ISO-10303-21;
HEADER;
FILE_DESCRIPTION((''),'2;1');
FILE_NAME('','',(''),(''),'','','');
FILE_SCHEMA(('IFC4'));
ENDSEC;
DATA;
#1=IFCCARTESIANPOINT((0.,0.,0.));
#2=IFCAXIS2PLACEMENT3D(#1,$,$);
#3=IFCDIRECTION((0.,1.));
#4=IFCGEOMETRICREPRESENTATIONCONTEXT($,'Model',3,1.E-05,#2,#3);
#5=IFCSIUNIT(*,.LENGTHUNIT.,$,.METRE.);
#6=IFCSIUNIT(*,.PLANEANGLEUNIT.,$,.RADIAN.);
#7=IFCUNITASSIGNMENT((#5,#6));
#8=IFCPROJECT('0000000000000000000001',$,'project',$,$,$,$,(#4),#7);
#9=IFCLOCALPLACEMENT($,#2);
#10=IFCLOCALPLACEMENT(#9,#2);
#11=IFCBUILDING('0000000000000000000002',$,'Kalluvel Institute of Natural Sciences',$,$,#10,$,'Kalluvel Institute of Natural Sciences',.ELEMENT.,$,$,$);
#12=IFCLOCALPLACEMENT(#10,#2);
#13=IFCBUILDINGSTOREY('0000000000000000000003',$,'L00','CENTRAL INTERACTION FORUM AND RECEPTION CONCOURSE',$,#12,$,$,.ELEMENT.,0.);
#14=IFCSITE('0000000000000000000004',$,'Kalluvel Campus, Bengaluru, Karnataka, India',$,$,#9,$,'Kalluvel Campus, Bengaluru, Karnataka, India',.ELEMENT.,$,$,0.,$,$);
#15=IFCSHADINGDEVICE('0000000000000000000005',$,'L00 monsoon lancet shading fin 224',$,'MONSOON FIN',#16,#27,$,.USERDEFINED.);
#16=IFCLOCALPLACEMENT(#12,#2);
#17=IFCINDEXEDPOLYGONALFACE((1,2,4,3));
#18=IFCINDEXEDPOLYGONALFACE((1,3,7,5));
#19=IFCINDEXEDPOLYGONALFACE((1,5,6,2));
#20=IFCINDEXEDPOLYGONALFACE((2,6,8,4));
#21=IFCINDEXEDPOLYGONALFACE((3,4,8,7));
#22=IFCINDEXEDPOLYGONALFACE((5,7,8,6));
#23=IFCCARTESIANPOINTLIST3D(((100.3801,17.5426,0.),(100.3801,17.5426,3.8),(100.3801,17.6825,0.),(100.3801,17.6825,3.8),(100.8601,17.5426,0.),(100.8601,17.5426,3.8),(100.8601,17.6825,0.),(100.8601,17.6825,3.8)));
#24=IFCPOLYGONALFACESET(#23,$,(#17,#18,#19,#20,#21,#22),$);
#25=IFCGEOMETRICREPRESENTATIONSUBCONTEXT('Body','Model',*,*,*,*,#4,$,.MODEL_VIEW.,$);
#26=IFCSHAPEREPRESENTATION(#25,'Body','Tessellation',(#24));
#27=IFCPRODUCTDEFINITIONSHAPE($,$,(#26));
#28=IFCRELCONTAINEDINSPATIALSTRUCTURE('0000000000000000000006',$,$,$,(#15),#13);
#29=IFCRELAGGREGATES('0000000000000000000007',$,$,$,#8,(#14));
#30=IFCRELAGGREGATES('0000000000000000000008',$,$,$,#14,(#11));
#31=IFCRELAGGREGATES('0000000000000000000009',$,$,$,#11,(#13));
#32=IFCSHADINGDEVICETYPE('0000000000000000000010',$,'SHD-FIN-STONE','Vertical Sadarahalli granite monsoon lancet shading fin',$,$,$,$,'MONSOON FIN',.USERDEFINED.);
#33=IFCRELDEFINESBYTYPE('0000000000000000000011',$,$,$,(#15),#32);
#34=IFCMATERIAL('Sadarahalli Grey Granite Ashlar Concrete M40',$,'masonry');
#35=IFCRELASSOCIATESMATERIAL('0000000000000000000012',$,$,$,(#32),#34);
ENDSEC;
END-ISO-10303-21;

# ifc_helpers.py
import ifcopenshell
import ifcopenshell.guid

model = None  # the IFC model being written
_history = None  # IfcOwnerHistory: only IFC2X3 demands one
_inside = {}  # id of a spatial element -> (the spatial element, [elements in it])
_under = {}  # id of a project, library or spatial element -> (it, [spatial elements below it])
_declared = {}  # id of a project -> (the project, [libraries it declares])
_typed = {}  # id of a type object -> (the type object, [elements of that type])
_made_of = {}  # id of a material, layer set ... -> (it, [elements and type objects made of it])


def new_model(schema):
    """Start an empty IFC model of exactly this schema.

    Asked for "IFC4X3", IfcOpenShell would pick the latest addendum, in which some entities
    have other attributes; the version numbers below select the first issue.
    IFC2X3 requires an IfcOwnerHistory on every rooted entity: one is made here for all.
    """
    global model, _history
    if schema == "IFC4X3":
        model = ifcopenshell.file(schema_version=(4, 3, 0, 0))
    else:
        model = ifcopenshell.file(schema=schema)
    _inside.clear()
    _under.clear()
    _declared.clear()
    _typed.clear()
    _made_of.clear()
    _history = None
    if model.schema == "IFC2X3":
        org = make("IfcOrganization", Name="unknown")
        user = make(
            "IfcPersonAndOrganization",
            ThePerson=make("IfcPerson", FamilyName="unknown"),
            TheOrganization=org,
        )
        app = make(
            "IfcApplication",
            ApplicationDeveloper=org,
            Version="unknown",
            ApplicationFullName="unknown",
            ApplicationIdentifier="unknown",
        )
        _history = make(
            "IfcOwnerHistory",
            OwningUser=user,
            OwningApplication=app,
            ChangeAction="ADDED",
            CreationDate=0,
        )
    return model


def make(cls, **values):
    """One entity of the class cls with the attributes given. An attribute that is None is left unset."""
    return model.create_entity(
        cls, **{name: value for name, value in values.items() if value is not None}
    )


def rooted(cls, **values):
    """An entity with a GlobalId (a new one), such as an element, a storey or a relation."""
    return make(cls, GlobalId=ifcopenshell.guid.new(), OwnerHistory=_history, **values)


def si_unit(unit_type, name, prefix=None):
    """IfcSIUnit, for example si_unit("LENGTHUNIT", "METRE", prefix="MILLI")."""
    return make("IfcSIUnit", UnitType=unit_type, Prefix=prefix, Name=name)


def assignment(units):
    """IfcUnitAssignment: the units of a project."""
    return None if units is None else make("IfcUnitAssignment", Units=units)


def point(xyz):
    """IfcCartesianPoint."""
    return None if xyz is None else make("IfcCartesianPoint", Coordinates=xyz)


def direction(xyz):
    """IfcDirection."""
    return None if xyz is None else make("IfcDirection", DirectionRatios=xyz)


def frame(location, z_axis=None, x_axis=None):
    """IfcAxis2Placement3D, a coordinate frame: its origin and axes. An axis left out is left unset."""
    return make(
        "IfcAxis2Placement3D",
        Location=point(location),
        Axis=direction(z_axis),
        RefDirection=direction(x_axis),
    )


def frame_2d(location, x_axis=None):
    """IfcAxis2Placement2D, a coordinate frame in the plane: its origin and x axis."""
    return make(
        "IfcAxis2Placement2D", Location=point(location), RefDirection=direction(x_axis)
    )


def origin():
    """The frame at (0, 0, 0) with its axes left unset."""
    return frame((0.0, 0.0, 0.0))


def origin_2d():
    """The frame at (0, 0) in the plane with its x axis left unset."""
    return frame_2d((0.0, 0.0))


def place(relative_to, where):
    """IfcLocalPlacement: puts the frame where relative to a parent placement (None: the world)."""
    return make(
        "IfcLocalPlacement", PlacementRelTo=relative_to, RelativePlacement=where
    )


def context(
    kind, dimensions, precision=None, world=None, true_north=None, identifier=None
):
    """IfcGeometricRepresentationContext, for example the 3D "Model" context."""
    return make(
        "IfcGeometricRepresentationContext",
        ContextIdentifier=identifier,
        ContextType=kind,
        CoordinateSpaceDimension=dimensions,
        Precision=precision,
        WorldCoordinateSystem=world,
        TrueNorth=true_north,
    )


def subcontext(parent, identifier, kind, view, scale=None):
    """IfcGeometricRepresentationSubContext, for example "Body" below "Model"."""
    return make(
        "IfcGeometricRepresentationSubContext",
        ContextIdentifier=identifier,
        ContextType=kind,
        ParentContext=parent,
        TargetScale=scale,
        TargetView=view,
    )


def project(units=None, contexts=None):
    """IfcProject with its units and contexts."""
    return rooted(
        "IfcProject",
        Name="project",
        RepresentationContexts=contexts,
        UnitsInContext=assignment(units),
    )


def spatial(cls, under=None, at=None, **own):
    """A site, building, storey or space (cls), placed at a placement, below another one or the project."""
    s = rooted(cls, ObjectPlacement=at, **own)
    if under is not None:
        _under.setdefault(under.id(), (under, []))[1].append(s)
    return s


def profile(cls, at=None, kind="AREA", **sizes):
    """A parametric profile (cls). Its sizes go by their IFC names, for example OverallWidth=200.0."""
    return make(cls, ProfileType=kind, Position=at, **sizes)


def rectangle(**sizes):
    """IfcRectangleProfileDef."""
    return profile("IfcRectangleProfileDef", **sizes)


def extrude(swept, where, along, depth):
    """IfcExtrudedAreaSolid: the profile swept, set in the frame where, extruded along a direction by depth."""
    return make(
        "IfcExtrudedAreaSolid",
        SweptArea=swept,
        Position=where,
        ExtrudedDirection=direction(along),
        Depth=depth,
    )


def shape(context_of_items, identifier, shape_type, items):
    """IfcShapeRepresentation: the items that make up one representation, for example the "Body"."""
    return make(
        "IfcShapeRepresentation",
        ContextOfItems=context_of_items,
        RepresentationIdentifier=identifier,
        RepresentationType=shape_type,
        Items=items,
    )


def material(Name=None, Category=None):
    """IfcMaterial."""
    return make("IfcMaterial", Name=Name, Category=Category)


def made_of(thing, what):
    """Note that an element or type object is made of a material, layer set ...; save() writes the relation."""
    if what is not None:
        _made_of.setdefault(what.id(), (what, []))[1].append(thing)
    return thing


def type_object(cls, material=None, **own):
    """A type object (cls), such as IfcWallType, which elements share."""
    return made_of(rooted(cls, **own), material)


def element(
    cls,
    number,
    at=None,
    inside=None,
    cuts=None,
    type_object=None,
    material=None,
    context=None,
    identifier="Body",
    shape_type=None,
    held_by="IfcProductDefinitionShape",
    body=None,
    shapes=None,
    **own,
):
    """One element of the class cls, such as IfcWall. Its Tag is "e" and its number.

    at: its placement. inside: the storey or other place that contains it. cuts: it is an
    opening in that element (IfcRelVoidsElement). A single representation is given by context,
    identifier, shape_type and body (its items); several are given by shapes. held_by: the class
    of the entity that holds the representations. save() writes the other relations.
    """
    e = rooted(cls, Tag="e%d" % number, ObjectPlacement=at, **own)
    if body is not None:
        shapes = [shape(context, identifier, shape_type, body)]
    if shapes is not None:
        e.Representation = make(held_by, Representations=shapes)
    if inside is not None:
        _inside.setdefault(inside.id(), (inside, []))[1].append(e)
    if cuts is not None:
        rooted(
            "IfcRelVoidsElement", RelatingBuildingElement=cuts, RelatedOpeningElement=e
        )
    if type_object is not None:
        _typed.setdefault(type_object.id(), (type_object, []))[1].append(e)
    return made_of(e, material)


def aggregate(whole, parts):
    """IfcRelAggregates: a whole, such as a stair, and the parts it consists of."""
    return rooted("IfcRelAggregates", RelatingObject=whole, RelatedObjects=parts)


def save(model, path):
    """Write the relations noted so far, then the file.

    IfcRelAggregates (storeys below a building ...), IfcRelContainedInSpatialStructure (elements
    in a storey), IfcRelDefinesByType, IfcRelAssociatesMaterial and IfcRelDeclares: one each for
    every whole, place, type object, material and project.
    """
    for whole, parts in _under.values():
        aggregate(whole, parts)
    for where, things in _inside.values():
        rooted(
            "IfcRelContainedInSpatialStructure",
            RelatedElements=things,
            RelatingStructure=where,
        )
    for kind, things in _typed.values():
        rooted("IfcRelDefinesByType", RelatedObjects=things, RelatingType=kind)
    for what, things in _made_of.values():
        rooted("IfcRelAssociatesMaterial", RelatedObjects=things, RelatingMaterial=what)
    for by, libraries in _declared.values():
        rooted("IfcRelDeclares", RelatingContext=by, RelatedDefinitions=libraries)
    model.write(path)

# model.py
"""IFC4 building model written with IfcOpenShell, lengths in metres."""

from ifc_helpers import new_model, si_unit, direction, frame, origin, origin_2d, place, context, subcontext, project, spatial, rectangle, extrude, material, type_object, element, save


model = new_model("IFC4")

# Units and contexts
model_context = context("Model", 3, precision=1e-05, world=origin(), true_north=direction((0.0, 1.0)))
body_context = subcontext(model_context, "Body", "Model", "MODEL_VIEW")
ifc_project = project(units=[si_unit("LENGTHUNIT", "METRE"), si_unit("PLANEANGLEUNIT", "RADIAN")], contexts=[model_context])

# Site, building, storey
site_placement = place(None, origin())
site = spatial("IfcSite", under=ifc_project, at=site_placement, Name="Kalluvel Campus, Bengaluru, Karnataka, India", LongName="Kalluvel Campus, Bengaluru, Karnataka, India", CompositionType="ELEMENT", RefElevation=0.0)
building_placement = place(site_placement, origin())
building = spatial("IfcBuilding", under=site, at=building_placement, Name="Kalluvel Institute of Natural Sciences", LongName="Kalluvel Institute of Natural Sciences", CompositionType="ELEMENT")
storey_placement = place(building_placement, origin())
storey = spatial("IfcBuildingStorey", under=building, at=storey_placement, Name="L00", Description="CENTRAL INTERACTION FORUM AND RECEPTION CONCOURSE", CompositionType="ELEMENT", Elevation=0.0)

# Shared definitions
ifc_material_1 = material(Name="Sadarahalli Grey Granite Ashlar Concrete M40", Category="masonry")

# Shading device
shading_device_type = type_object("IfcShadingDeviceType", Name="SHD-FIN-STONE", Description="Vertical Sadarahalli granite monsoon lancet shading fin", ElementType="MONSOON FIN", PredefinedType="USERDEFINED", material=ifc_material_1)
shading_device_placement = place(storey_placement, frame((100.6201, 17.6125, 0.0), z_axis=(0.0, 0.0, 1.0), x_axis=(0.0, 1.0, 0.0)))
element("IfcShadingDevice", 1, at=shading_device_placement, inside=storey, type_object=shading_device_type, Name="L00 monsoon lancet shading fin 224", ObjectType="MONSOON FIN", PredefinedType="USERDEFINED", context=body_context, shape_type="SweptSolid", body=[
    extrude(rectangle(XDim=0.1399, YDim=0.48, at=origin_2d()), origin(), (0.0, 0.0, 1.0), 3.8),
])

save(model, "model.ifc")
